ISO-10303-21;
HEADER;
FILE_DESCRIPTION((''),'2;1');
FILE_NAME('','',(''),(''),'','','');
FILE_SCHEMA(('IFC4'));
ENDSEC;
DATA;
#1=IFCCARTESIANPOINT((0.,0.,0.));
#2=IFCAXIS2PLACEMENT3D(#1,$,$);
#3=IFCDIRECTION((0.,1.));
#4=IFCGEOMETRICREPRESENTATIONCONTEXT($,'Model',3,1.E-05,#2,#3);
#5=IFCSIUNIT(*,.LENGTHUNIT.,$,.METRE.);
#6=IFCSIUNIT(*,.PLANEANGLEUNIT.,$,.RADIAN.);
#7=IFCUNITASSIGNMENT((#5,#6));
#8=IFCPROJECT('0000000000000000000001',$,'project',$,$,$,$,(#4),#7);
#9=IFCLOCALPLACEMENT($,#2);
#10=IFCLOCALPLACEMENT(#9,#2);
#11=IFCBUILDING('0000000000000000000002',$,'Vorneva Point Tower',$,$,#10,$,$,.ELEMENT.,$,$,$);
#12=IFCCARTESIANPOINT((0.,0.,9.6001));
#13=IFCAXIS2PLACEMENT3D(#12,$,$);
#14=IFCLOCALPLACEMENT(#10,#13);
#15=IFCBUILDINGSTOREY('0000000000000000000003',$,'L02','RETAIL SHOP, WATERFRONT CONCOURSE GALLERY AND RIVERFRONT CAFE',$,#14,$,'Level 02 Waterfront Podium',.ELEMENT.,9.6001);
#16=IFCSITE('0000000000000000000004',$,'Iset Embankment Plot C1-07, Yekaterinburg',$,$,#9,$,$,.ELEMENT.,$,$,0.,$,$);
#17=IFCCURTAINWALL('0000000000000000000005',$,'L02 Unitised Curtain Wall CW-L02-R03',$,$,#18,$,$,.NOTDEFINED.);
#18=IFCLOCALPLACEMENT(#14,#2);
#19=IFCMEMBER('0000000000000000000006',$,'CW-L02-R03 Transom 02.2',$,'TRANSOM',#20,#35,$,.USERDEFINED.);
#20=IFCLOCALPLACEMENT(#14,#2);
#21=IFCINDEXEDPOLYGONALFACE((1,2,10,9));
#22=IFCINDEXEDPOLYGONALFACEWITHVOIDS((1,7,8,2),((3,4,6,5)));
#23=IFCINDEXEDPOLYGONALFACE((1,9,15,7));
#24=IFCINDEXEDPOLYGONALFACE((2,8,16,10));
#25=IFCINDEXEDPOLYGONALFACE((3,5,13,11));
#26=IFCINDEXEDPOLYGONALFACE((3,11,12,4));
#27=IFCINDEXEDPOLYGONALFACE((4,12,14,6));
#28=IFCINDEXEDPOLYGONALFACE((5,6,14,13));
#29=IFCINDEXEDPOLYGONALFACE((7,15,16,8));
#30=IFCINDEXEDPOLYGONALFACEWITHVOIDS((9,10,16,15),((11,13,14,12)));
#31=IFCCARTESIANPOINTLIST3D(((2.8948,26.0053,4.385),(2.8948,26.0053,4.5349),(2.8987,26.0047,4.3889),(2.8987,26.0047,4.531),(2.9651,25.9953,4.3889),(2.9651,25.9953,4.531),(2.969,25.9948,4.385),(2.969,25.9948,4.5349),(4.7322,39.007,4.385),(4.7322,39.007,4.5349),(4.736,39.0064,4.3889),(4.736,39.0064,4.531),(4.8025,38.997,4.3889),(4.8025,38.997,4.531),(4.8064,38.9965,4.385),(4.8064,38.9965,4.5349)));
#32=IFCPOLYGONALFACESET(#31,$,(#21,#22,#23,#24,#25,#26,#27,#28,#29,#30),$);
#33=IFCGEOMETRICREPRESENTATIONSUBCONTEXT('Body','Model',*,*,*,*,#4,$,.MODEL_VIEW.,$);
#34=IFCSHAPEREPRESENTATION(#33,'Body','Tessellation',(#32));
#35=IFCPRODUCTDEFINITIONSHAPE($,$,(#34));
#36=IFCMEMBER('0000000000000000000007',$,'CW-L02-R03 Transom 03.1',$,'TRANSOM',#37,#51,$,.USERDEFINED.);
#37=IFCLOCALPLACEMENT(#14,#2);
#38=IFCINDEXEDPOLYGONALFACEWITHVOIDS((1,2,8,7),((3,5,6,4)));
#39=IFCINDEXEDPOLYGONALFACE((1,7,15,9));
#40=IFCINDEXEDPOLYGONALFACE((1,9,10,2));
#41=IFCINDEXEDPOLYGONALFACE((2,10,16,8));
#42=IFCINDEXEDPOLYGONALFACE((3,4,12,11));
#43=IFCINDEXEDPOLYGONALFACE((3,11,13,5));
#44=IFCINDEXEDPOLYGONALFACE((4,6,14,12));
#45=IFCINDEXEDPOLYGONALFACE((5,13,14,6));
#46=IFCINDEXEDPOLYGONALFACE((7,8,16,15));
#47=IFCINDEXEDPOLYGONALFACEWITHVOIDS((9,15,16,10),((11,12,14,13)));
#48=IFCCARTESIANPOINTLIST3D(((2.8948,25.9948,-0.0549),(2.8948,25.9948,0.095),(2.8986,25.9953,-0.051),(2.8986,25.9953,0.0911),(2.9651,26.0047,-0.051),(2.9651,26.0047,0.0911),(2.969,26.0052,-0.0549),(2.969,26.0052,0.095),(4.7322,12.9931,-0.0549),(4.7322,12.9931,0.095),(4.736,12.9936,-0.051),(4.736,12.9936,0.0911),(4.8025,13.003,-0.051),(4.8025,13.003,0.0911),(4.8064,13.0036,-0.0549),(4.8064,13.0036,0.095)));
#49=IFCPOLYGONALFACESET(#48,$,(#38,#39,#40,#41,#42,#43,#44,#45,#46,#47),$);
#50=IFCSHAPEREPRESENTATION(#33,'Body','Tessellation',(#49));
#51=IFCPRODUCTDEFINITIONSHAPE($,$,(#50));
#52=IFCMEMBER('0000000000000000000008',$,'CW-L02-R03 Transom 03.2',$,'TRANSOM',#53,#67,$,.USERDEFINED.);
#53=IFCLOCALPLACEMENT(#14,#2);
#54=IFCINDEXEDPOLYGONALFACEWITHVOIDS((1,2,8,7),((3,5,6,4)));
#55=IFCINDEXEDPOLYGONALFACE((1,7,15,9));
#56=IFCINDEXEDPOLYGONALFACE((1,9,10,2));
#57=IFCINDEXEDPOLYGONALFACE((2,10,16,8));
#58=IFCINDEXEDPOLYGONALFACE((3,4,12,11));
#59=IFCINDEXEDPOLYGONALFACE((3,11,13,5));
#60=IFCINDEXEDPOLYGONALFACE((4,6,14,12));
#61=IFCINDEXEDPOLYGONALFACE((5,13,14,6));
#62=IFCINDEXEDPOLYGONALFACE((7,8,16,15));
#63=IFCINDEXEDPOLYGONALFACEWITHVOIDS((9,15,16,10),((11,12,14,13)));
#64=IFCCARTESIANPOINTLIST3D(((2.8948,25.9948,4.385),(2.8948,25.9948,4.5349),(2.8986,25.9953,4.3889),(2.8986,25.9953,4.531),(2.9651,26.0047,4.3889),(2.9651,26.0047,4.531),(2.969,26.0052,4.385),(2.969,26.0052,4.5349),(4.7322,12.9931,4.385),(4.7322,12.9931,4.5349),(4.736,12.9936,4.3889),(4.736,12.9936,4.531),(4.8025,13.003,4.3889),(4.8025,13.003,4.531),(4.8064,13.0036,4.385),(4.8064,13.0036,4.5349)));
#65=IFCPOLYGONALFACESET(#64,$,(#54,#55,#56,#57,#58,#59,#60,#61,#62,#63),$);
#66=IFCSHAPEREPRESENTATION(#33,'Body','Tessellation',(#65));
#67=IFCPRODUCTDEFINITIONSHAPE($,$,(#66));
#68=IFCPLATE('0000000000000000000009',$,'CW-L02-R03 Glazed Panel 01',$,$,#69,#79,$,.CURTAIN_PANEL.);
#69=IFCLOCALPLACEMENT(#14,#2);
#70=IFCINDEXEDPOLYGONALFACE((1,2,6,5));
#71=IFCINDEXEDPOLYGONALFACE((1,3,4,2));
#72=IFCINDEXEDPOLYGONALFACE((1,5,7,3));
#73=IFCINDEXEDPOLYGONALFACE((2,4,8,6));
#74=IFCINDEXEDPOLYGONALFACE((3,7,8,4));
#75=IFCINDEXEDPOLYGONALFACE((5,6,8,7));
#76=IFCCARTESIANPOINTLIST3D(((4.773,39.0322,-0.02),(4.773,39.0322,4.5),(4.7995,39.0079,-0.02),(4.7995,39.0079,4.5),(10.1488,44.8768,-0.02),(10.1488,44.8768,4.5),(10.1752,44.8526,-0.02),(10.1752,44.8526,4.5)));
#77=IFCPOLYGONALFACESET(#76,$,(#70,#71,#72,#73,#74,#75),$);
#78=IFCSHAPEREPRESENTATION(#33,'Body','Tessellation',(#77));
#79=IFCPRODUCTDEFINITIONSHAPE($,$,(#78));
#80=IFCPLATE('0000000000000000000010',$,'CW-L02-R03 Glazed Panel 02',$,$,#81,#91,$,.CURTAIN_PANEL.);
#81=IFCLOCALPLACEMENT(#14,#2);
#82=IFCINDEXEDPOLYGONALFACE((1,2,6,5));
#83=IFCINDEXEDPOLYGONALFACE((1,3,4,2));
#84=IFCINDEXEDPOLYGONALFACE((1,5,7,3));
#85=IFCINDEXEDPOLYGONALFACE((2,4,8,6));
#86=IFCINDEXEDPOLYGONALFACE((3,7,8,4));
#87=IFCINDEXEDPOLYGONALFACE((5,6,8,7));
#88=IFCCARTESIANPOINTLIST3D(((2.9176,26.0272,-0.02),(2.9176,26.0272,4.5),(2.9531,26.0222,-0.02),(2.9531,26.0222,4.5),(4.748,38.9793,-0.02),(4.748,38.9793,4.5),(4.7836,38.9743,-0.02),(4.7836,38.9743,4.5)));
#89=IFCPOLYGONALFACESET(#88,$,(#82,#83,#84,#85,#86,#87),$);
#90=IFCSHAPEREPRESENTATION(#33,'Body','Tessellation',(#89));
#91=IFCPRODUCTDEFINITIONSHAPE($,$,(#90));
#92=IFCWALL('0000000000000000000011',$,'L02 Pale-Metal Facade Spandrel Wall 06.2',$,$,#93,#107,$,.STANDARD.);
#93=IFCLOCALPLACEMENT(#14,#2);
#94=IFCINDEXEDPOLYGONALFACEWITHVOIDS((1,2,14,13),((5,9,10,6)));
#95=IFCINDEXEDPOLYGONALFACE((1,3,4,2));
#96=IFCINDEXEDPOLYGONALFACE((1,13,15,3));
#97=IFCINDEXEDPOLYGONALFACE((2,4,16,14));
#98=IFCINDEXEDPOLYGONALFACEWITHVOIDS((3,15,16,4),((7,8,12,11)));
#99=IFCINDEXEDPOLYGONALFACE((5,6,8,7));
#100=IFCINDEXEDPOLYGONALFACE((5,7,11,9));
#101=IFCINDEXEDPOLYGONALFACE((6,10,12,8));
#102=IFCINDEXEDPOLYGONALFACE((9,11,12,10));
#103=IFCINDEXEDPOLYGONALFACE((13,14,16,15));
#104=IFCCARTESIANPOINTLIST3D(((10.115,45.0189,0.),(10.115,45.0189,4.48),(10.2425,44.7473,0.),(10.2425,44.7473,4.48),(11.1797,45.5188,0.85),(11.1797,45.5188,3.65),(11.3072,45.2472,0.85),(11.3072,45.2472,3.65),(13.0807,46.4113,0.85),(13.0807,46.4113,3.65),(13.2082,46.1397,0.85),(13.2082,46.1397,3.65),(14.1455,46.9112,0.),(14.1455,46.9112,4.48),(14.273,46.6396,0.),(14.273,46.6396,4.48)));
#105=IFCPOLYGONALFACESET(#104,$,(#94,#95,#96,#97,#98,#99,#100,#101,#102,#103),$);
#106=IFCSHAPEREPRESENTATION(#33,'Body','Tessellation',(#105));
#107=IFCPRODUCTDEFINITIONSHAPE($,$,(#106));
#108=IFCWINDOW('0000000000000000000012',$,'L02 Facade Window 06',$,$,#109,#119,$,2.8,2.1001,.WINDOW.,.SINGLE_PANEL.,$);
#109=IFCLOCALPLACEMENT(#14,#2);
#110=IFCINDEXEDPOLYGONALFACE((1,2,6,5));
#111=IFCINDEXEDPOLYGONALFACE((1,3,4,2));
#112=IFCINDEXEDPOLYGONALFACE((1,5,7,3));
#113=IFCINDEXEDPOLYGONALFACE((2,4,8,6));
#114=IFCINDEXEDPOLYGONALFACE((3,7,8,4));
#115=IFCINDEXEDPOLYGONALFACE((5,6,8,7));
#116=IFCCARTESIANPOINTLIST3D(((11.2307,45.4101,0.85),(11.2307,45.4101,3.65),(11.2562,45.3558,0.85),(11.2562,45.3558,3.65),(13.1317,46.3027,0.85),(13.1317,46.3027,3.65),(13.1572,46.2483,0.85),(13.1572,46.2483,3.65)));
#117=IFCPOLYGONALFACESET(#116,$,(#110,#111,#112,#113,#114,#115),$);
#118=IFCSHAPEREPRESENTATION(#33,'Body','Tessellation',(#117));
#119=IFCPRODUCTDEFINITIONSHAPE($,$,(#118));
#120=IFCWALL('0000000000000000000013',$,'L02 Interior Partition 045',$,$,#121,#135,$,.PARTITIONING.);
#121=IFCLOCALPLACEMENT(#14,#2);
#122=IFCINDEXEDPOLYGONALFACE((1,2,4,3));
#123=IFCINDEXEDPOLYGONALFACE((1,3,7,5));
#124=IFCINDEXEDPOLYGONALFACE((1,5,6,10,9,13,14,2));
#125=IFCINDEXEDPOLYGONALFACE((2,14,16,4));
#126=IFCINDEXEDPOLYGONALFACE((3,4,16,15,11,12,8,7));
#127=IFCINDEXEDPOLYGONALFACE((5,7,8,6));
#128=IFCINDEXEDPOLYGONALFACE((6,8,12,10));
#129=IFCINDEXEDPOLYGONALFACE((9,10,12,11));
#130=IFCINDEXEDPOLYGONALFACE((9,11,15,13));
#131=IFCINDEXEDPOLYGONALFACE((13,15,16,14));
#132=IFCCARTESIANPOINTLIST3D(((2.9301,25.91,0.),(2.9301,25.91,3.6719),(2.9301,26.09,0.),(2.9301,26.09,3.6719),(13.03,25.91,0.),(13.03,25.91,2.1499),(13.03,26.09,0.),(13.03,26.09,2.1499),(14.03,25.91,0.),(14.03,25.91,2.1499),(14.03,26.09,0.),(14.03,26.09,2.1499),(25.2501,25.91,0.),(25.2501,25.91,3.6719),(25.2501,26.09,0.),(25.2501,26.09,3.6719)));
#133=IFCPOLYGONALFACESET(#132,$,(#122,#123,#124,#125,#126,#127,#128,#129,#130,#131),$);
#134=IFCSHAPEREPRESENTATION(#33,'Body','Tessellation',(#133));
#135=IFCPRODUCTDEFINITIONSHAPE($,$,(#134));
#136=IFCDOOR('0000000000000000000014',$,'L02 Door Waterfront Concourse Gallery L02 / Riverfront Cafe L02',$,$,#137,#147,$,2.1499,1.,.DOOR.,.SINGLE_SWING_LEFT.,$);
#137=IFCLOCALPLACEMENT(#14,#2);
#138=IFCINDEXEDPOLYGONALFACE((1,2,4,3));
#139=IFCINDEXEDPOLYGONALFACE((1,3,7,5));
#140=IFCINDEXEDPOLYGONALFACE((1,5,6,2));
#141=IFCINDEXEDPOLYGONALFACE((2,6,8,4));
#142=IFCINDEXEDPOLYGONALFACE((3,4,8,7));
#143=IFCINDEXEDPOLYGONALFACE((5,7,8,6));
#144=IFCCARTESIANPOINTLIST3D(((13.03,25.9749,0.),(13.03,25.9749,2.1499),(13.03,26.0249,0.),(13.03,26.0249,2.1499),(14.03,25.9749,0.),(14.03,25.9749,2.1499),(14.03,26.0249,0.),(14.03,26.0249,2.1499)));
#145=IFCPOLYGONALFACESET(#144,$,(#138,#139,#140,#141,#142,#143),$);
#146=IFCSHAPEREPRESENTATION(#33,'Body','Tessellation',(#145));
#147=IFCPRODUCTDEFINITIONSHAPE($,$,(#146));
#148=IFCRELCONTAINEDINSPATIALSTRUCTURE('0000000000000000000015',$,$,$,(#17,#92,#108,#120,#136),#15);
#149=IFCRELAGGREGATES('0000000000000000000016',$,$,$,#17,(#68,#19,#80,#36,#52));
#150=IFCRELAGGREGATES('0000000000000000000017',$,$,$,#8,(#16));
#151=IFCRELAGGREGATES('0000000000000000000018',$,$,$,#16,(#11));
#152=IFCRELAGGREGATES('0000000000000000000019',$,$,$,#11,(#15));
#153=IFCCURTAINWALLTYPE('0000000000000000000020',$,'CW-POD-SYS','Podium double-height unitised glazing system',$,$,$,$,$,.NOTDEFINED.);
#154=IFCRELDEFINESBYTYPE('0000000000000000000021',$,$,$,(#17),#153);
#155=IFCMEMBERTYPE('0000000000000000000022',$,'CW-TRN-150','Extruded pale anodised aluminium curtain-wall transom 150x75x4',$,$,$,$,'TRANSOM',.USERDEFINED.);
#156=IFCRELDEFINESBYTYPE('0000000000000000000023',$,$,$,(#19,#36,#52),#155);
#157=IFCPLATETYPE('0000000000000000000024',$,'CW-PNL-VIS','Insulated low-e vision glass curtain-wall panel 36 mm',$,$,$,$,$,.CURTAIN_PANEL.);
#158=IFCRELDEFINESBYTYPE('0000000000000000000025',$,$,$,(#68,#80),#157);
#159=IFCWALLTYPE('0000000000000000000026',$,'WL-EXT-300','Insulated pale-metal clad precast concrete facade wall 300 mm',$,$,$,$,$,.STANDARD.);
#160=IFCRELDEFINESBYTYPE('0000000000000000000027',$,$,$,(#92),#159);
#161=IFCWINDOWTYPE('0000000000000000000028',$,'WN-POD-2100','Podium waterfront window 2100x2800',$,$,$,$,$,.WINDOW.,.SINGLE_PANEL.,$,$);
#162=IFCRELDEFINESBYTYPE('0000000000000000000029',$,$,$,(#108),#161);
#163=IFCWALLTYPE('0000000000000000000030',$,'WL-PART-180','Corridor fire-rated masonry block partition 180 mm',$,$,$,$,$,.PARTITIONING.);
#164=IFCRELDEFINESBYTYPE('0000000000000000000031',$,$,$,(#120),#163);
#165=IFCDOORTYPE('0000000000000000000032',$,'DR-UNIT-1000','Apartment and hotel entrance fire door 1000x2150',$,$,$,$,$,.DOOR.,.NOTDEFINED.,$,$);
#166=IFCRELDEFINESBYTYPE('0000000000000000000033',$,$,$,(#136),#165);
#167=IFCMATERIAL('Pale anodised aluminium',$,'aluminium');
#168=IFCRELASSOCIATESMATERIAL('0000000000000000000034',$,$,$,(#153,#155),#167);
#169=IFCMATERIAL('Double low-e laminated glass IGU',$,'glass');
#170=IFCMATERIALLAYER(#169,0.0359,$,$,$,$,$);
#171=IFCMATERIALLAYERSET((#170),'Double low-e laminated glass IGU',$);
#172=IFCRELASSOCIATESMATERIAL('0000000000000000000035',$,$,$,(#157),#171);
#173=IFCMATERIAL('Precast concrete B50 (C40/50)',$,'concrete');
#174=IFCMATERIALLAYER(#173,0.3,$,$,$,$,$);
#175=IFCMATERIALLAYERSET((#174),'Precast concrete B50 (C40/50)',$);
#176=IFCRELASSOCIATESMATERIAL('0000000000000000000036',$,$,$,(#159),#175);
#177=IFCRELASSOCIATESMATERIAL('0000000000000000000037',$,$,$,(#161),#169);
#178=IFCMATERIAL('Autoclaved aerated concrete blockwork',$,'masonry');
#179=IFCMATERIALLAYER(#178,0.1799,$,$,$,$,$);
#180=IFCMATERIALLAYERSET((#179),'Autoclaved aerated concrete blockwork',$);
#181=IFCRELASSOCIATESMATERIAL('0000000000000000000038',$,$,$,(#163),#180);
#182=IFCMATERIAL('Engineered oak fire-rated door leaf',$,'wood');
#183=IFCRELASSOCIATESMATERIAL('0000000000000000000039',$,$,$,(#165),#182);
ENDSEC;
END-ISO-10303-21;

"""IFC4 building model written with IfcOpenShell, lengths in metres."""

from ifc_helpers import new_model, si_unit, direction, frame, frame_2d, origin, origin_2d, place, context, subcontext, project, spatial, rectangle, hollow_rectangle, extrude, material, layer, layer_set, material_profile, profile_set, type_object, element, fill, aggregate, save


model = new_model("IFC4")

# Units and contexts
model_context = context("Model", 3, precision=1e-05, world=origin(), true_north=direction((0.0, 1.0)))
body_context = subcontext(model_context, "Body", "Model", "MODEL_VIEW")
ifc_project = project(units=[si_unit("LENGTHUNIT", "METRE"), si_unit("PLANEANGLEUNIT", "RADIAN")], contexts=[model_context])

# Site, building, storey
site_placement = place(None, origin())
site = spatial("IfcSite", under=ifc_project, at=site_placement, Name="Iset Embankment Plot C1-07, Yekaterinburg", CompositionType="ELEMENT", RefElevation=0.0)
building_placement = place(site_placement, origin())
building = spatial("IfcBuilding", under=site, at=building_placement, Name="Vorneva Point Tower", CompositionType="ELEMENT")
storey_placement = place(building_placement, frame((0.0, 0.0, 9.6001)))
storey = spatial("IfcBuildingStorey", under=building, at=storey_placement, Name="L02", Description="RETAIL SHOP, WATERFRONT CONCOURSE GALLERY AND RIVERFRONT CAFE", LongName="Level 02 Waterfront Podium", CompositionType="ELEMENT", Elevation=9.6001)

# Curtain wall, members, plates
ifc_material_1 = material(Name="Pale anodised aluminium", Category="aluminium")
curtain_wall_type = type_object("IfcCurtainWallType", Name="CW-POD-SYS", Description="Podium double-height unitised glazing system", PredefinedType="NOTDEFINED", material=ifc_material_1)
curtain_wall_placement = place(storey_placement, origin())
curtain_wall = element("IfcCurtainWall", 1, at=curtain_wall_placement, inside=storey, type_object=curtain_wall_type, Name="L02 Unitised Curtain Wall CW-L02-R03", PredefinedType="NOTDEFINED")
ifc_material_profile_1 = material_profile(ifc_material_1, hollow_rectangle(XDim=0.075, YDim=0.1499, WallThickness=0.0039, at=origin_2d()), Name="AL-TRN 150x75x4")
ifc_profile_set_1 = profile_set([ifc_material_profile_1], Name="Pale anodised aluminium")
member_type_1 = type_object("IfcMemberType", Name="CW-TRN-150", Description="Extruded pale anodised aluminium curtain-wall transom 150x75x4", ElementType="TRANSOM", PredefinedType="USERDEFINED", material=ifc_profile_set_1)
member_1_placement = place(storey_placement, frame((4.7693, 39.0017, 4.46), z_axis=(-0.13993, -0.990161, 0.0), x_axis=(0.990161, -0.13993, 0.0)))
member_1 = element("IfcMember", 2, at=member_1_placement, type_object=member_type_1, Name="CW-L02-R03 Transom 02.2", ObjectType="TRANSOM", PredefinedType="USERDEFINED", context=body_context, shape_type="SweptSolid", body=[
    extrude(hollow_rectangle(XDim=0.075, YDim=0.1499, WallThickness=0.0039, at=origin_2d()), origin(), (0.0, 0.0, 1.0), 13.1309),
])
member_2_placement = place(storey_placement, frame((2.9319, 26.0, 0.02), z_axis=(0.13993, -0.990161, 0.0), x_axis=(0.990161, 0.13993, 0.0)))
member_2 = element("IfcMember", 3, at=member_2_placement, type_object=member_type_1, Name="CW-L02-R03 Transom 03.1", ObjectType="TRANSOM", PredefinedType="USERDEFINED", context=body_context, shape_type="SweptSolid", body=[
    extrude(hollow_rectangle(XDim=0.075, YDim=0.1499, WallThickness=0.0039, at=origin_2d()), origin(), (0.0, 0.0, 1.0), 13.1309),
])
member_3_placement = place(storey_placement, frame((2.9319, 26.0, 4.46), z_axis=(0.13993, -0.990161, 0.0), x_axis=(0.990161, 0.13993, 0.0)))
member_3 = element("IfcMember", 4, at=member_3_placement, type_object=member_type_1, Name="CW-L02-R03 Transom 03.2", ObjectType="TRANSOM", PredefinedType="USERDEFINED", context=body_context, shape_type="SweptSolid", body=[
    extrude(hollow_rectangle(XDim=0.075, YDim=0.1499, WallThickness=0.0039, at=origin_2d()), origin(), (0.0, 0.0, 1.0), 13.1309),
])
ifc_material_2 = material(Name="Double low-e laminated glass IGU", Category="glass")
ifc_layer_1 = layer(ifc_material_2, 0.0359)
ifc_layer_set_1 = layer_set([ifc_layer_1], Name="Double low-e laminated glass IGU")
plate_type = type_object("IfcPlateType", Name="CW-PNL-VIS", Description="Insulated low-e vision glass curtain-wall panel 36 mm", PredefinedType="CURTAIN_PANEL", material=ifc_layer_set_1)
plate_1_placement = place(storey_placement, frame((7.4741, 41.9424, -0.02), z_axis=(0.0, 0.0, 1.0), x_axis=(-0.676966, -0.736014, 0.0)))
plate_1 = element("IfcPlate", 5, at=plate_1_placement, type_object=plate_type, Name="CW-L02-R03 Glazed Panel 01", PredefinedType="CURTAIN_PANEL", context=body_context, shape_type="SweptSolid", body=[
    extrude(rectangle(XDim=7.9409, YDim=0.0359, at=origin_2d()), origin(), (0.0, 0.0, 1.0), 4.52),
])
plate_2_placement = place(storey_placement, frame((3.8506, 32.5007, -0.02), z_axis=(0.0, 0.0, 1.0), x_axis=(-0.139934, -0.990161, 0.0)))
plate_2 = element("IfcPlate", 6, at=plate_2_placement, type_object=plate_type, Name="CW-L02-R03 Glazed Panel 02", PredefinedType="CURTAIN_PANEL", context=body_context, shape_type="SweptSolid", body=[
    extrude(rectangle(XDim=13.0808, YDim=0.0359, at=origin_2d()), origin(), (0.0, 0.0, 1.0), 4.52),
])
aggregate(curtain_wall, [plate_1, member_1, plate_2, member_2, member_3])

# Wall, opening, window
ifc_material_3 = material(Name="Precast concrete B50 (C40/50)", Category="concrete")
ifc_layer_2 = layer(ifc_material_3, 0.3)
ifc_layer_set_2 = layer_set([ifc_layer_2], Name="Precast concrete B50 (C40/50)")
wall_type_1 = type_object("IfcWallType", Name="WL-EXT-300", Description="Insulated pale-metal clad precast concrete facade wall 300 mm", PredefinedType="STANDARD", material=ifc_layer_set_2)
wall_1_placement = place(storey_placement, frame((14.2092, 46.7754, 0.0), z_axis=(0.0, 0.0, 1.0), x_axis=(-0.905197, -0.424991, 0.0)))
wall_1 = element("IfcWall", 7, at=wall_1_placement, inside=storey, type_object=wall_type_1, Name="L02 Pale-Metal Facade Spandrel Wall 06.2", PredefinedType="STANDARD", context=body_context, shape_type="SweptSolid", body=[
    extrude(rectangle(XDim=4.4526, YDim=0.3, at=frame_2d((2.2263, 0.0))), origin(), (0.0, 0.0, 1.0), 4.48),
])
opening_1_placement = place(wall_1_placement, frame((1.1763, 0.0, 0.8501)))
opening_1 = element("IfcOpeningElement", 8, at=opening_1_placement, cuts=wall_1, PredefinedType="OPENING", context=body_context, shape_type="SweptSolid", body=[
    extrude(rectangle(XDim=2.1001, YDim=2.8, at=frame_2d((1.05, 1.3999))), frame((0.0, 0.165, 0.0), z_axis=(0.0, -1.0, 0.0), x_axis=(1.0, 0.0, 0.0)), (0.0, 0.0, 1.0), 0.3298),
])
window_type = type_object("IfcWindowType", Name="WN-POD-2100", Description="Podium waterfront window 2100x2800", PartitioningType="SINGLE_PANEL", PredefinedType="WINDOW", material=ifc_material_2)
window_placement = place(opening_1_placement, origin())
window = element("IfcWindow", 9, at=window_placement, inside=storey, type_object=window_type, Name="L02 Facade Window 06", OverallHeight=2.8, OverallWidth=2.1001, PartitioningType="SINGLE_PANEL", PredefinedType="WINDOW", context=body_context, shape_type="SweptSolid", body=[
    extrude(rectangle(XDim=2.1001, YDim=2.8, at=frame_2d((1.05, 1.3999))), frame((0.0, 0.03, 0.0), z_axis=(0.0, -1.0, 0.0), x_axis=(1.0, 0.0, 0.0)), (0.0, 0.0, 1.0), 0.0601),
])
fill(opening_1, window)

# Wall, opening, door
ifc_material_4 = material(Name="Autoclaved aerated concrete blockwork", Category="masonry")
ifc_layer_3 = layer(ifc_material_4, 0.1799)
ifc_layer_set_3 = layer_set([ifc_layer_3], Name="Autoclaved aerated concrete blockwork")
wall_type_2 = type_object("IfcWallType", Name="WL-PART-180", Description="Corridor fire-rated masonry block partition 180 mm", PredefinedType="PARTITIONING", material=ifc_layer_set_3)
wall_2_placement = place(storey_placement, frame((2.9299, 26.0, 0.0), z_axis=(0.0, 0.0, 1.0), x_axis=(1.0, 0.0, 0.0)))
wall_2 = element("IfcWall", 10, at=wall_2_placement, inside=storey, type_object=wall_type_2, Name="L02 Interior Partition 045", PredefinedType="PARTITIONING", context=body_context, shape_type="SweptSolid", body=[
    extrude(rectangle(XDim=22.3201, YDim=0.1799, at=frame_2d((11.1602, 0.0))), origin(), (0.0, 0.0, 1.0), 3.6719),
])
opening_2_placement = place(wall_2_placement, frame((10.1001, 0.0, 0.0)))
opening_2 = element("IfcOpeningElement", 11, at=opening_2_placement, cuts=wall_2, PredefinedType="OPENING", context=body_context, shape_type="SweptSolid", body=[
    extrude(rectangle(XDim=1.0, YDim=2.1499, at=frame_2d((0.5, 1.075))), frame((0.0, 0.105, 0.0), z_axis=(0.0, -1.0, 0.0), x_axis=(1.0, 0.0, 0.0)), (0.0, 0.0, 1.0), 0.2097),
])
ifc_material_5 = material(Name="Engineered oak fire-rated door leaf", Category="wood")
door_type = type_object("IfcDoorType", Name="DR-UNIT-1000", Description="Apartment and hotel entrance fire door 1000x2150", OperationType="NOTDEFINED", PredefinedType="DOOR", material=ifc_material_5)
door_placement = place(opening_2_placement, origin())
door = element("IfcDoor", 12, at=door_placement, inside=storey, type_object=door_type, Name="L02 Door Waterfront Concourse Gallery L02 / Riverfront Cafe L02", OperationType="SINGLE_SWING_LEFT", OverallHeight=2.1499, OverallWidth=1.0, PredefinedType="DOOR", context=body_context, shape_type="SweptSolid", body=[
    extrude(rectangle(XDim=1.0, YDim=2.1499, at=frame_2d((0.5, 1.075))), frame((0.0, 0.0249, 0.0), z_axis=(0.0, -1.0, 0.0), x_axis=(1.0, 0.0, 0.0)), (0.0, 0.0, 1.0), 0.05),
])
fill(opening_2, door)

save(model, "model.ifc")
